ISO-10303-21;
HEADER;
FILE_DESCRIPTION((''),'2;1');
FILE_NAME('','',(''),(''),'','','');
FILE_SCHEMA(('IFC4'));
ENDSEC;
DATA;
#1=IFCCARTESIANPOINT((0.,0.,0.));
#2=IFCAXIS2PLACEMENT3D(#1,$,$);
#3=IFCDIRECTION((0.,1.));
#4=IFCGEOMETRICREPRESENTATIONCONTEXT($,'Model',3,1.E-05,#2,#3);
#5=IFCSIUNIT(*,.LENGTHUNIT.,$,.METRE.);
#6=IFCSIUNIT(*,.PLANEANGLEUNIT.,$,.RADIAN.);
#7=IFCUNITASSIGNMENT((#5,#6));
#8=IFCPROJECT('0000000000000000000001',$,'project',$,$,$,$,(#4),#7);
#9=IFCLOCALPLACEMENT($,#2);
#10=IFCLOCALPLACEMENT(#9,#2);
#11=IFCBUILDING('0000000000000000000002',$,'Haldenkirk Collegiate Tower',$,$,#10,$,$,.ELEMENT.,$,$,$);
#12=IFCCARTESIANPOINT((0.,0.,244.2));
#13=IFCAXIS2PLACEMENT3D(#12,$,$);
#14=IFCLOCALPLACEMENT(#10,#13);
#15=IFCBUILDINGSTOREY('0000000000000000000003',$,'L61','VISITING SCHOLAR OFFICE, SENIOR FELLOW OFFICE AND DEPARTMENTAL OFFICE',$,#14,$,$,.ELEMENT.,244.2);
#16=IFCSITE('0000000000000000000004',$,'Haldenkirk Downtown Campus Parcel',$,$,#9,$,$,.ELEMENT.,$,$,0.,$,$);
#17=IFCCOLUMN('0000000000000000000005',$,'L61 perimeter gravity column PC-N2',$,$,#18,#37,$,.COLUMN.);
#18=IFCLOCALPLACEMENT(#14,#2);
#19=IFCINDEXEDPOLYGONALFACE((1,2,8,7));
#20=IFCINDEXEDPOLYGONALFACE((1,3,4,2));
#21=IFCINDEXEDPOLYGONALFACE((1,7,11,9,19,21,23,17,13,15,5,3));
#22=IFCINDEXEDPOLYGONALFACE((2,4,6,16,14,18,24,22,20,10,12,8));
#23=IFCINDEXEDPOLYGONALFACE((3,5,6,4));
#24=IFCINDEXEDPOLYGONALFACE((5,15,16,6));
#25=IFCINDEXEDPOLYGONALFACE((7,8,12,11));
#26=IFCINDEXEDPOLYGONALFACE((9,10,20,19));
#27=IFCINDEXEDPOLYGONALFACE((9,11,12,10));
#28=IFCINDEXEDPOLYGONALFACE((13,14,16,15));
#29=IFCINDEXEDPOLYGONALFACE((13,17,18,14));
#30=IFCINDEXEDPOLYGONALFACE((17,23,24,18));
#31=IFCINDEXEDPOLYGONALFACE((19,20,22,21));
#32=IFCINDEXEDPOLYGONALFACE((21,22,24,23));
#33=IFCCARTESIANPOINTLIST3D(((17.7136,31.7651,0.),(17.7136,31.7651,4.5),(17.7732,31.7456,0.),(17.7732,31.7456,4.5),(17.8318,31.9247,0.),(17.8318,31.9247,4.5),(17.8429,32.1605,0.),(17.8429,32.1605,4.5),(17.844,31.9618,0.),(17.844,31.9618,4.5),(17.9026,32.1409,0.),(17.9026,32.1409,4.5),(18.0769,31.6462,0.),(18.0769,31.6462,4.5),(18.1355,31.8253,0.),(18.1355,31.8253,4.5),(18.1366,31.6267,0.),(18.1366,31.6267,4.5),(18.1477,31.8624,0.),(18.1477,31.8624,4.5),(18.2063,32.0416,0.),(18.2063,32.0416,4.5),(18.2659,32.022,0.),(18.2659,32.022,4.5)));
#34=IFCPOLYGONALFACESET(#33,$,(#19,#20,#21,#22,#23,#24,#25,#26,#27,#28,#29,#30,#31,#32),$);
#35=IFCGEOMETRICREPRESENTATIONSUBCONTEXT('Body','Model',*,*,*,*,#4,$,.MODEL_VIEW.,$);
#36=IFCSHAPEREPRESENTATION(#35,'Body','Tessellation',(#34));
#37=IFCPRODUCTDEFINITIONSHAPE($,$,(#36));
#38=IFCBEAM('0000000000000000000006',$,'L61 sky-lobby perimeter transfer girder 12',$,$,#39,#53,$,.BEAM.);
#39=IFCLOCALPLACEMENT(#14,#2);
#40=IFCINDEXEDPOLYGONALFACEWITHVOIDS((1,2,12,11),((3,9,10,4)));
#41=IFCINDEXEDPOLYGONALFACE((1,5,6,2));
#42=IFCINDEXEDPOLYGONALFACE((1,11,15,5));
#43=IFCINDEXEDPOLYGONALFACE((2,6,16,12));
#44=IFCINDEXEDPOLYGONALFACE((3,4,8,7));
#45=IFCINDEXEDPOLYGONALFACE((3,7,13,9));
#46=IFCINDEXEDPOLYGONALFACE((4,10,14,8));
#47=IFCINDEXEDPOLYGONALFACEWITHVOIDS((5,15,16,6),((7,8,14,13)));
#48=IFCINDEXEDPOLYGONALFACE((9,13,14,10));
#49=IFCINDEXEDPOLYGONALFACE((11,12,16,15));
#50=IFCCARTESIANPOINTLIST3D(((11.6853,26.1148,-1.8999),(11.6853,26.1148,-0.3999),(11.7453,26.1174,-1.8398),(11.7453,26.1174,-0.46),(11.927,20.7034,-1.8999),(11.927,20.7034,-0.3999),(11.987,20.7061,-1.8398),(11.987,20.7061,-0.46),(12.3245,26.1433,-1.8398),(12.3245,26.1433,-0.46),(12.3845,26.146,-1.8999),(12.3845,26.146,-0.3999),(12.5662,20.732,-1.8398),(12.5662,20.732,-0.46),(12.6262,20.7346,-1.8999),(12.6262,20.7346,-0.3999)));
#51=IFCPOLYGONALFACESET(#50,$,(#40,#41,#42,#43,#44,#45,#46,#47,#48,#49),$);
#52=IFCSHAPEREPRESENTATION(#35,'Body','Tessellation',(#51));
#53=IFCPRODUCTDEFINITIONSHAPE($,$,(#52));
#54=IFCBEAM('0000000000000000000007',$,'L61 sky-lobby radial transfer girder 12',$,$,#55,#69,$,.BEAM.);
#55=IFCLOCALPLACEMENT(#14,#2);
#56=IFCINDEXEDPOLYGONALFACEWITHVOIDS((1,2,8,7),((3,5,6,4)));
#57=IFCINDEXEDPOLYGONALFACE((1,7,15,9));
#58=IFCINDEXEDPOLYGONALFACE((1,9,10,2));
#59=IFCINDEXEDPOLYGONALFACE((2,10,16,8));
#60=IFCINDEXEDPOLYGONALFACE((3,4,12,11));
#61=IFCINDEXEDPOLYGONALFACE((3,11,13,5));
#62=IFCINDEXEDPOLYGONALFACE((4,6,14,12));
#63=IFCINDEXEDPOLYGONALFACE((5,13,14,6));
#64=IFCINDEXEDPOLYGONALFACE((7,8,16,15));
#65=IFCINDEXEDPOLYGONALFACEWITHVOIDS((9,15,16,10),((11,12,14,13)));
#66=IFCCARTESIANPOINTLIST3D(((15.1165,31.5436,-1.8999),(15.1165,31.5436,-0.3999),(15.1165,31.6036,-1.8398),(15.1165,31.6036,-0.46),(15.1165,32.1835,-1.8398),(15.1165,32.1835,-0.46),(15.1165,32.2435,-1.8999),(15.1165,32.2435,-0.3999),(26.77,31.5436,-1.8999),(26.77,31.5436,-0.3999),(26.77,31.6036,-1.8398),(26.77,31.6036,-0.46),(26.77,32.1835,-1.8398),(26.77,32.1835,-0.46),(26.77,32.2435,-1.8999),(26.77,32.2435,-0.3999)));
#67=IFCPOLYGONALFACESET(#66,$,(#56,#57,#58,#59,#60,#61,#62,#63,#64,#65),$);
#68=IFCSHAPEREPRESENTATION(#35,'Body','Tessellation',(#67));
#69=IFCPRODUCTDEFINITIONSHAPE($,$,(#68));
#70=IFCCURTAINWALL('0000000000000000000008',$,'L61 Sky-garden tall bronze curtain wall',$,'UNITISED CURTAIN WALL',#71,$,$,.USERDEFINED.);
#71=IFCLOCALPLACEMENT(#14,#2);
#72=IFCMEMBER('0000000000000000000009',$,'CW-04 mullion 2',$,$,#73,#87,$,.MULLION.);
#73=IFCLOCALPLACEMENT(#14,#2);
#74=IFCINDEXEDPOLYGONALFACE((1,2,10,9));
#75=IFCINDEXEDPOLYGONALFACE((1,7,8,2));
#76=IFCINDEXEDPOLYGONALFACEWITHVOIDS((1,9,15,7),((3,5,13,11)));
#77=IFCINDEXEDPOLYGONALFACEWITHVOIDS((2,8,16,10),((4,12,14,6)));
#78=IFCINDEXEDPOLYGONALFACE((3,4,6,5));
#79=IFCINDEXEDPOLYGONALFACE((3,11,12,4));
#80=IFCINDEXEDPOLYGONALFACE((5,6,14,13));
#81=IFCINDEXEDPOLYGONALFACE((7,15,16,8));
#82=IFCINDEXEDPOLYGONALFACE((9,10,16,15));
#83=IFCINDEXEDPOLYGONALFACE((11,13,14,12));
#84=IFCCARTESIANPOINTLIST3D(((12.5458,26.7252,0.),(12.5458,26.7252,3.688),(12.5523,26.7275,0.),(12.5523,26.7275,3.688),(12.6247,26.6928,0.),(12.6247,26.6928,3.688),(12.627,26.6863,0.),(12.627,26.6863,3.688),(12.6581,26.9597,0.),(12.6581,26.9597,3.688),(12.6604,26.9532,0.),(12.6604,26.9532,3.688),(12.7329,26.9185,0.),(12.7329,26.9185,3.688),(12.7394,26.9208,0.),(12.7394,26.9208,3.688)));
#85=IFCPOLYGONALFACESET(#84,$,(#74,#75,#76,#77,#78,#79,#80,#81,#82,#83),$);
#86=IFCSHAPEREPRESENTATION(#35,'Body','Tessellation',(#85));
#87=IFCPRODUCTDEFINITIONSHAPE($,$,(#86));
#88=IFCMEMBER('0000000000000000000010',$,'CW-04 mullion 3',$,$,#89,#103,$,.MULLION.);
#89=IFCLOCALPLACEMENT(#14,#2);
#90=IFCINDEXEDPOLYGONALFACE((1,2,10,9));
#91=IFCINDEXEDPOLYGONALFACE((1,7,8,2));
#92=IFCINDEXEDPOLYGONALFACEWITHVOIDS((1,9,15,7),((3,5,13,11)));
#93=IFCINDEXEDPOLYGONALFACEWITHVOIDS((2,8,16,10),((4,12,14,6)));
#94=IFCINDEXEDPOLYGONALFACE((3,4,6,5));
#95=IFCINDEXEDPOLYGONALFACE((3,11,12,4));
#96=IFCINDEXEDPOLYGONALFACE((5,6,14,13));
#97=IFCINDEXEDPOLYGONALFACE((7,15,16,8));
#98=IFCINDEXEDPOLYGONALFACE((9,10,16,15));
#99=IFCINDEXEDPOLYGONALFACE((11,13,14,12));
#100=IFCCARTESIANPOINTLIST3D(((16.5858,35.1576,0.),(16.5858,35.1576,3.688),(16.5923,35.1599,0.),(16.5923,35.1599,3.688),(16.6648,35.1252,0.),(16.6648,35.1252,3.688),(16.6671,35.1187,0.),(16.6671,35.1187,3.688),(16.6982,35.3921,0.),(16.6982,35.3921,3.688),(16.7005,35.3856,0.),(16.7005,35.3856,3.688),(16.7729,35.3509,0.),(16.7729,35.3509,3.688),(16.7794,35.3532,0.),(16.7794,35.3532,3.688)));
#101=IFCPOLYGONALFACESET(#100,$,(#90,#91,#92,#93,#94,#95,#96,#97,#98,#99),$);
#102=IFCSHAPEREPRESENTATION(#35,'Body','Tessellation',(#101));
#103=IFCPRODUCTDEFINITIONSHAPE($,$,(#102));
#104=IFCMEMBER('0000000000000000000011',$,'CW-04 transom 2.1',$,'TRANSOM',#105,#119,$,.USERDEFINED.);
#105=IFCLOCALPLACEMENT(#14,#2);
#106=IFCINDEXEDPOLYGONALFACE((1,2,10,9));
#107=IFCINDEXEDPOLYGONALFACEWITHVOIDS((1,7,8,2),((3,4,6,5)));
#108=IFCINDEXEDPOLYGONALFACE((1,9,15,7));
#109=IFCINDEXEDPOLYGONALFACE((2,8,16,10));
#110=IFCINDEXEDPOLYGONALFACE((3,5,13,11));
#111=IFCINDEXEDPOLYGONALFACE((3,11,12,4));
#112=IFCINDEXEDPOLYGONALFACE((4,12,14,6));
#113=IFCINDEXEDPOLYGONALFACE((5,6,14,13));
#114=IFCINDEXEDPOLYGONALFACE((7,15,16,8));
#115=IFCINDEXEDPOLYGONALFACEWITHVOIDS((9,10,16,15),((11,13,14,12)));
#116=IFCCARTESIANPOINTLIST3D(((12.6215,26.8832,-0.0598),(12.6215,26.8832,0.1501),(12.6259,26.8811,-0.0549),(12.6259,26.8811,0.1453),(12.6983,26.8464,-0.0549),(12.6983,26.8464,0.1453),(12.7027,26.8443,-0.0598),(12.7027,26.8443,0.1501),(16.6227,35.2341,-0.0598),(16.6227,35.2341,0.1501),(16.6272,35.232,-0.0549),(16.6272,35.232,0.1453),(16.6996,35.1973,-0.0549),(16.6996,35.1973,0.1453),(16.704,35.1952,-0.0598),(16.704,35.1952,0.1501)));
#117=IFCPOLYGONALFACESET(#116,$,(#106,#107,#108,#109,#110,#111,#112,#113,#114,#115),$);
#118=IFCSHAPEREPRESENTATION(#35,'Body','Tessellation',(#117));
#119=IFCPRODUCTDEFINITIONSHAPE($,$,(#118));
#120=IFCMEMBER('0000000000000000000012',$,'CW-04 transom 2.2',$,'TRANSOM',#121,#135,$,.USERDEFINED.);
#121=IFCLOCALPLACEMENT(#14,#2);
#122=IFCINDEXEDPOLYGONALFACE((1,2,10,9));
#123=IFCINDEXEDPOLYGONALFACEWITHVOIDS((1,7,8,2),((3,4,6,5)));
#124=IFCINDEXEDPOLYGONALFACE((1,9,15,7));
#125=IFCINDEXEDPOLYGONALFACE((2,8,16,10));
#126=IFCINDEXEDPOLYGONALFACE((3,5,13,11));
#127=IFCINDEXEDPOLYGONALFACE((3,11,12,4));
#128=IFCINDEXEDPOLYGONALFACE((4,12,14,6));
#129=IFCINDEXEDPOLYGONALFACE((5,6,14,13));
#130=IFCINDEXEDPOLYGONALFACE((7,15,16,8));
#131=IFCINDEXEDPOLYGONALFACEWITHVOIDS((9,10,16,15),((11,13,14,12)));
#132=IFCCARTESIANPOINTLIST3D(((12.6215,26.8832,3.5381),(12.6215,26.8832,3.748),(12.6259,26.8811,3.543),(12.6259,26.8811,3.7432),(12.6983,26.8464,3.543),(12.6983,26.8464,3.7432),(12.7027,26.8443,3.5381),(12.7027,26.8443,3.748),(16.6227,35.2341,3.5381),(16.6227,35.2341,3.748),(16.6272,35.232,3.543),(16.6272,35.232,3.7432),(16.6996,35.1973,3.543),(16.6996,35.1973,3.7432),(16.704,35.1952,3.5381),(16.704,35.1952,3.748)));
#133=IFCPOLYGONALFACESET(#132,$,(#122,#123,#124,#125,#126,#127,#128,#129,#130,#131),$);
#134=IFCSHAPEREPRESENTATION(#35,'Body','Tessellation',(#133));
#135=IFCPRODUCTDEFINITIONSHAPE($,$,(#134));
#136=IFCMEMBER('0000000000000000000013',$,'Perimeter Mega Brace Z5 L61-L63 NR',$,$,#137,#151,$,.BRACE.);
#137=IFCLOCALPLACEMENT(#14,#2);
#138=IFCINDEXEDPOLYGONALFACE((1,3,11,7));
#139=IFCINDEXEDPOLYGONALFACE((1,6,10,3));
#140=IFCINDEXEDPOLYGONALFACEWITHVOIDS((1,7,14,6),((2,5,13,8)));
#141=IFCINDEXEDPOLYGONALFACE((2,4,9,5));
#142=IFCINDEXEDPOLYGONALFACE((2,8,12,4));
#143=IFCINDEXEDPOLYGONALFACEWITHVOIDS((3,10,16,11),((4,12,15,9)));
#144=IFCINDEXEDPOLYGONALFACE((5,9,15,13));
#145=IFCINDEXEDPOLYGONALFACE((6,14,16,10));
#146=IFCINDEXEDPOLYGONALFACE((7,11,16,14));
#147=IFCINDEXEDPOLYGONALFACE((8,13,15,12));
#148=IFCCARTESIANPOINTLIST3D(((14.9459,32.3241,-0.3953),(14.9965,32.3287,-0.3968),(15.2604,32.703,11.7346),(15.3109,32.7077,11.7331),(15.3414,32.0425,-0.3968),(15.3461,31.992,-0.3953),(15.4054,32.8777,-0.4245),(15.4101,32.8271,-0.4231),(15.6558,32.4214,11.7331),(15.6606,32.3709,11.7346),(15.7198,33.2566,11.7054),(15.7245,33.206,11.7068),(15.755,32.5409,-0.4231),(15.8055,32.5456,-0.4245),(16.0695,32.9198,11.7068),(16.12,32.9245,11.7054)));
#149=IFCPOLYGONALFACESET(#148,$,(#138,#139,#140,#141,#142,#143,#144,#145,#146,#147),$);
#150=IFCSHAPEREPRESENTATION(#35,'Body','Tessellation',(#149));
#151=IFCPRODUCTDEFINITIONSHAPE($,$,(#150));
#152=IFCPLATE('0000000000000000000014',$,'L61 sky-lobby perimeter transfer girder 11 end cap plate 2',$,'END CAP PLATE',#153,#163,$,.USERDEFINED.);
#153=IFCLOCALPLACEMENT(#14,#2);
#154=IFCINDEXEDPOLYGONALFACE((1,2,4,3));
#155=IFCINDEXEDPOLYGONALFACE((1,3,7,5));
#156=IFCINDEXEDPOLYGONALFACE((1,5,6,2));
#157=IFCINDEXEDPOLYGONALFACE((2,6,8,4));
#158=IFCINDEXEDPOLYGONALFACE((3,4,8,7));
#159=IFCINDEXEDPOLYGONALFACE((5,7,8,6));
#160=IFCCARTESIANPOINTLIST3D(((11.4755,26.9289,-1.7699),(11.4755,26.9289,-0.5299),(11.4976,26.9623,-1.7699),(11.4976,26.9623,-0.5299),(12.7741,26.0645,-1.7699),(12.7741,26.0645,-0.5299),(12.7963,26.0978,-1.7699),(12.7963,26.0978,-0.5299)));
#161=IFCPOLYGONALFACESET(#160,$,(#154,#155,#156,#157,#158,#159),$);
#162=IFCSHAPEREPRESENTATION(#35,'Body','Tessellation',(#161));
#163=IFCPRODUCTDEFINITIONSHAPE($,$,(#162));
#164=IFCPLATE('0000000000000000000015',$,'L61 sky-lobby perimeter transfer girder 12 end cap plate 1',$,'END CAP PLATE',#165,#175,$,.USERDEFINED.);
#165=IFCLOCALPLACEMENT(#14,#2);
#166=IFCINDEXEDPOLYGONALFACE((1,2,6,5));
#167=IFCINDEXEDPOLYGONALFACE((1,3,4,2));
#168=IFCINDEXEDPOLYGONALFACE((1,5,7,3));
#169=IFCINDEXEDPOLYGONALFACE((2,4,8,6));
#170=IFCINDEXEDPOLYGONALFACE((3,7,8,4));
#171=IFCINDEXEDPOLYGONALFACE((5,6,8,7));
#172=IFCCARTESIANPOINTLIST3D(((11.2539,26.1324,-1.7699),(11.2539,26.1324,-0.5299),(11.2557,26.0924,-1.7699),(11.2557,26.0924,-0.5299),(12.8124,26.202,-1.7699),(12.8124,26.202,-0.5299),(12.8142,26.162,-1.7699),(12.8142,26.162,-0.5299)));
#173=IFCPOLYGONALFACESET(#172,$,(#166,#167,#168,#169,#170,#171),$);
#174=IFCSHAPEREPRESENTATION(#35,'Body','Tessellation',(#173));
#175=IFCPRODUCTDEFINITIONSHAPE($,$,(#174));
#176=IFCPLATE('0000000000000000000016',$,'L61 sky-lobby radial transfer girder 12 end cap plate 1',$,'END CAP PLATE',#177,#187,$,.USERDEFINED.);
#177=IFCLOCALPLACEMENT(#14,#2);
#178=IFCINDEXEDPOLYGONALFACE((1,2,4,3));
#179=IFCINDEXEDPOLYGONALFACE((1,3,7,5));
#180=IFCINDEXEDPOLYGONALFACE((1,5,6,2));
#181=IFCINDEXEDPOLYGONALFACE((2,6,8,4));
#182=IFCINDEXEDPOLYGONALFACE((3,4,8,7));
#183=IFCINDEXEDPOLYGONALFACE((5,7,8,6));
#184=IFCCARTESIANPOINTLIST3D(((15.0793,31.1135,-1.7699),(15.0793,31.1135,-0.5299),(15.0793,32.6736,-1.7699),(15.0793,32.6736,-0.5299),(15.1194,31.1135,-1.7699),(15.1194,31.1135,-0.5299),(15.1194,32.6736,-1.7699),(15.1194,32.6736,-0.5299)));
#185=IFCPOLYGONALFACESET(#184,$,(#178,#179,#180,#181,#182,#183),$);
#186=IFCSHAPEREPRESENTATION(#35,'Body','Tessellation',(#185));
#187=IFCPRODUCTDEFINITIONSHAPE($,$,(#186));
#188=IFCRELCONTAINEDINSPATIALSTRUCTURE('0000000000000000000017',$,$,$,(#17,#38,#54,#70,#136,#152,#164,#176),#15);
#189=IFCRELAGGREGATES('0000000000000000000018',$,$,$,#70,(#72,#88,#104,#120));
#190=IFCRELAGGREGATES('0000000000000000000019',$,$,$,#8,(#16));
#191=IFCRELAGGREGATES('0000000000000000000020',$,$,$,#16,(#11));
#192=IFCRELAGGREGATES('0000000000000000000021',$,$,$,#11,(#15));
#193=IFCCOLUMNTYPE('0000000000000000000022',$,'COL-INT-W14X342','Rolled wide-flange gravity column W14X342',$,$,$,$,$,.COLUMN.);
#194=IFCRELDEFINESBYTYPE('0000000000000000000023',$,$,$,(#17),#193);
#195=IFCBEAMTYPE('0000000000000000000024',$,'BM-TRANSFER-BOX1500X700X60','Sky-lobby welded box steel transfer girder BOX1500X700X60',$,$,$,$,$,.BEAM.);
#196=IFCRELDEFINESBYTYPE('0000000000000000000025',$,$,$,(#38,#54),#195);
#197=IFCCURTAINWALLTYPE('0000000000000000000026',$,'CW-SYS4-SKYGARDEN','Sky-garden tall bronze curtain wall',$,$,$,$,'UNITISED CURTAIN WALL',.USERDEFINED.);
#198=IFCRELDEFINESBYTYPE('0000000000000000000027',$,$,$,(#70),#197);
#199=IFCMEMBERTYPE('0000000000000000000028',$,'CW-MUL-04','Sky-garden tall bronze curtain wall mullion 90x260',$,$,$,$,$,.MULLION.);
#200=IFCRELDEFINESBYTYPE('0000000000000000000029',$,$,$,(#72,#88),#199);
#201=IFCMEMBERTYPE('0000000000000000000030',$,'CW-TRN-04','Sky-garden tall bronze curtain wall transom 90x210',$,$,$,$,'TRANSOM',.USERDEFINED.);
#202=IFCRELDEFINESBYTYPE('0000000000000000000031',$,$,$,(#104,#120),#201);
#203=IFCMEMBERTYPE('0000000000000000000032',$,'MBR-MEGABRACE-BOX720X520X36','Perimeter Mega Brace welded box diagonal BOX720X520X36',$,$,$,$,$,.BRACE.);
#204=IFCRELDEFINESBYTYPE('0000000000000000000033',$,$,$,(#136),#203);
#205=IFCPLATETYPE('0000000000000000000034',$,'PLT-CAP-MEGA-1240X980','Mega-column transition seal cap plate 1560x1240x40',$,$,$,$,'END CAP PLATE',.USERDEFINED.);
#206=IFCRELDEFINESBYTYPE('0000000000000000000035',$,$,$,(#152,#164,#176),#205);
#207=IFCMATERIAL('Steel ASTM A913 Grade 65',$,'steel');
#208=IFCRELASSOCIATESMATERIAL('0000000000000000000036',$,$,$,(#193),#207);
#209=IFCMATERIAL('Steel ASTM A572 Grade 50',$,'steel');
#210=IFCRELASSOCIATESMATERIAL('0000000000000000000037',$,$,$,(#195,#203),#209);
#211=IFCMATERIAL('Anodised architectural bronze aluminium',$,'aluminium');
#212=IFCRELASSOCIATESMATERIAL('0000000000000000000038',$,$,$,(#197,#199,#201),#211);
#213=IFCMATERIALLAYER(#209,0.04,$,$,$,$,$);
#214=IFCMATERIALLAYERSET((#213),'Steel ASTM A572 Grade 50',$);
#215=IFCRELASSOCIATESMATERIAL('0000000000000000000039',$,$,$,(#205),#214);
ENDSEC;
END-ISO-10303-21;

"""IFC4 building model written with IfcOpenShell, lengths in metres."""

from ifc_helpers import new_model, si_unit, direction, frame, origin, origin_2d, place, context, subcontext, project, spatial, rectangle, hollow_rectangle, i_section, extrude, source, transform, mapped, material, layer, layer_set, material_profile, profile_set, type_object, element, aggregate, save


model = new_model("IFC4")

# Units and contexts
model_context = context("Model", 3, precision=1e-05, world=origin(), true_north=direction((0.0, 1.0)))
body_context = subcontext(model_context, "Body", "Model", "MODEL_VIEW")
ifc_project = project(units=[si_unit("LENGTHUNIT", "METRE"), si_unit("PLANEANGLEUNIT", "RADIAN")], contexts=[model_context])

# Site, building, storey
site_placement = place(None, origin())
site = spatial("IfcSite", under=ifc_project, at=site_placement, Name="Haldenkirk Downtown Campus Parcel", CompositionType="ELEMENT", RefElevation=0.0)
building_placement = place(site_placement, origin())
building = spatial("IfcBuilding", under=site, at=building_placement, Name="Haldenkirk Collegiate Tower", CompositionType="ELEMENT")
storey_placement = place(building_placement, frame((0.0, 0.0, 244.2)))
storey = spatial("IfcBuildingStorey", under=building, at=storey_placement, Name="L61", Description="VISITING SCHOLAR OFFICE, SENIOR FELLOW OFFICE AND DEPARTMENTAL OFFICE", CompositionType="ELEMENT", Elevation=244.2)

# Column
ifc_material_1 = material(Name="Steel ASTM A913 Grade 65", Category="steel")
ifc_material_profile_1 = material_profile(ifc_material_1, i_section(OverallWidth=0.416, OverallDepth=0.4451, WebThickness=0.0391, FlangeThickness=0.0627, at=origin_2d()), Name="W14X342")
ifc_profile_set_1 = profile_set([ifc_material_profile_1], Name="Steel ASTM A913 Grade 65")
column_type = type_object("IfcColumnType", Name="COL-INT-W14X342", Description="Rolled wide-flange gravity column W14X342", PredefinedType="COLUMN", material=ifc_profile_set_1)
column_placement = place(storey_placement, frame((17.9897, 31.8936, 0.0), z_axis=(0.0, 0.0, 1.0), x_axis=(0.311008, 0.950407, 0.0)))
element("IfcColumn", 1, at=column_placement, inside=storey, type_object=column_type, Name="L61 perimeter gravity column PC-N2", PredefinedType="COLUMN", context=body_context, shape_type="SweptSolid", body=[
    extrude(i_section(OverallWidth=0.416, OverallDepth=0.4451, WebThickness=0.0391, FlangeThickness=0.0627, at=origin_2d()), origin(), (0.0, 0.0, 1.0), 4.5),
])

# Beams
ifc_material_2 = material(Name="Steel ASTM A572 Grade 50", Category="steel")
ifc_material_profile_2 = material_profile(ifc_material_2, hollow_rectangle(XDim=0.7, YDim=1.5, WallThickness=0.0601, at=origin_2d()), Name="BOX1500X700X60")
ifc_profile_set_2 = profile_set([ifc_material_profile_2], Name="Steel ASTM A572 Grade 50")
beam_type = type_object("IfcBeamType", Name="BM-TRANSFER-BOX1500X700X60", Description="Sky-lobby welded box steel transfer girder BOX1500X700X60", PredefinedType="BEAM", material=ifc_profile_set_2)
beam_1_placement = place(storey_placement, frame((12.0349, 26.1304, -1.1499), z_axis=(0.044621, -0.999004, 0.0), x_axis=(0.999004, 0.044621, 0.0)))
element("IfcBeam", 2, at=beam_1_placement, inside=storey, type_object=beam_type, Name="L61 sky-lobby perimeter transfer girder 12", PredefinedType="BEAM", context=body_context, shape_type="SweptSolid", body=[
    extrude(hollow_rectangle(XDim=0.7, YDim=1.5, WallThickness=0.0601, at=origin_2d()), origin(), (0.0, 0.0, 1.0), 5.4167),
])
beam_2_placement = place(storey_placement, frame((15.1165, 31.8936, -1.1499), z_axis=(1.0, 0.0, 0.0), x_axis=(0.0, 1.0, 0.0)))
element("IfcBeam", 3, at=beam_2_placement, inside=storey, type_object=beam_type, Name="L61 sky-lobby radial transfer girder 12", PredefinedType="BEAM", context=body_context, shape_type="SweptSolid", body=[
    extrude(hollow_rectangle(XDim=0.7, YDim=1.5, WallThickness=0.0601, at=origin_2d()), origin(), (0.0, 0.0, 1.0), 11.6536),
])

# Curtain wall, members
ifc_material_3 = material(Name="Anodised architectural bronze aluminium", Category="aluminium")
curtain_wall_type = type_object("IfcCurtainWallType", Name="CW-SYS4-SKYGARDEN", Description="Sky-garden tall bronze curtain wall", ElementType="UNITISED CURTAIN WALL", PredefinedType="USERDEFINED", material=ifc_material_3)
curtain_wall_placement = place(storey_placement, origin())
curtain_wall = element("IfcCurtainWall", 4, at=curtain_wall_placement, inside=storey, type_object=curtain_wall_type, Name="L61 Sky-garden tall bronze curtain wall", ObjectType="UNITISED CURTAIN WALL", PredefinedType="USERDEFINED")
ifc_material_profile_3 = material_profile(ifc_material_3, hollow_rectangle(XDim=0.0901, YDim=0.26, WallThickness=0.0049, at=origin_2d()), Name="CW-MUL-04")
ifc_profile_set_3 = profile_set([ifc_material_profile_3], Name="Anodised architectural bronze aluminium")
member_type_1 = type_object("IfcMemberType", Name="CW-MUL-04", Description="Sky-garden tall bronze curtain wall mullion 90x260", PredefinedType="MULLION", material=ifc_profile_set_3)
member_1_placement = place(storey_placement, frame((12.6426, 26.823, 0.0), z_axis=(0.0, 0.0, 1.0), x_axis=(-0.901833, 0.432084, 0.0)))
member_1 = element("IfcMember", 5, at=member_1_placement, type_object=member_type_1, Name="CW-04 mullion 2", PredefinedType="MULLION", context=body_context, shape_type="SweptSolid", body=[
    extrude(hollow_rectangle(XDim=0.0901, YDim=0.26, WallThickness=0.0049, at=origin_2d()), origin(), (0.0, 0.0, 1.0), 3.688),
])
member_2_placement = place(storey_placement, frame((16.6826, 35.2554, 0.0), z_axis=(0.0, 0.0, 1.0), x_axis=(-0.901833, 0.432084, 0.0)))
member_2 = element("IfcMember", 6, at=member_2_placement, type_object=member_type_1, Name="CW-04 mullion 3", PredefinedType="MULLION", context=body_context, shape_type="SweptSolid", body=[
    extrude(hollow_rectangle(XDim=0.0901, YDim=0.26, WallThickness=0.0049, at=origin_2d()), origin(), (0.0, 0.0, 1.0), 3.688),
])
ifc_material_profile_4 = material_profile(ifc_material_3, hollow_rectangle(XDim=0.0901, YDim=0.21, WallThickness=0.0049, at=origin_2d()), Name="CW-TRN-04")
ifc_profile_set_4 = profile_set([ifc_material_profile_4], Name="Anodised architectural bronze aluminium")
member_type_2 = type_object("IfcMemberType", Name="CW-TRN-04", Description="Sky-garden tall bronze curtain wall transom 90x210", ElementType="TRANSOM", PredefinedType="USERDEFINED", material=ifc_profile_set_4)
member_3_placement = place(storey_placement, frame((12.6621, 26.8638, 0.0452), z_axis=(0.432101, 0.901825, 0.0), x_axis=(-0.901825, 0.432101, 0.0)))
member_3 = element("IfcMember", 7, at=member_3_placement, type_object=member_type_2, Name="CW-04 transom 2.1", ObjectType="TRANSOM", PredefinedType="USERDEFINED", context=body_context, shape_type="SweptSolid", body=[
    extrude(hollow_rectangle(XDim=0.0901, YDim=0.21, WallThickness=0.0049, at=origin_2d()), origin(), (0.0, 0.0, 1.0), 9.26),
])
member_4_placement = place(storey_placement, frame((12.6621, 26.8638, 3.6431), z_axis=(0.432101, 0.901825, 0.0), x_axis=(-0.901825, 0.432101, 0.0)))
member_4 = element("IfcMember", 8, at=member_4_placement, type_object=member_type_2, Name="CW-04 transom 2.2", ObjectType="TRANSOM", PredefinedType="USERDEFINED", context=body_context, shape_type="SweptSolid", body=[
    extrude(hollow_rectangle(XDim=0.0901, YDim=0.21, WallThickness=0.0049, at=origin_2d()), origin(), (0.0, 0.0, 1.0), 9.26),
])

# Member
ifc_material_profile_5 = material_profile(ifc_material_2, hollow_rectangle(XDim=0.52, YDim=0.72, WallThickness=0.0359, at=origin_2d()), Name="BOX720X520X36")
ifc_profile_set_5 = profile_set([ifc_material_profile_5], Name="Steel ASTM A572 Grade 50")
member_type_3 = type_object("IfcMemberType", Name="MBR-MEGABRACE-BOX720X520X36", Description="Perimeter Mega Brace welded box diagonal BOX720X520X36", PredefinedType="BRACE", material=ifc_profile_set_5)
member_5_placement = place(storey_placement, frame((15.3757, 32.4348, -0.4099), z_axis=(0.025903, 0.031212, 0.999177), x_axis=(-0.76952, 0.638622, 0.0)))
element("IfcMember", 9, at=member_5_placement, inside=storey, type_object=member_type_3, Name="Perimeter Mega Brace Z5 L61-L63 NR", PredefinedType="BRACE", context=body_context, shape_type="SweptSolid", body=[
    extrude(hollow_rectangle(XDim=0.52, YDim=0.72, WallThickness=0.0359, at=origin_2d()), origin(), (0.0, 0.0, 1.0), 12.1399),
])

# Plates
ifc_layer_1 = layer(ifc_material_2, 0.04)
ifc_layer_set_1 = layer_set([ifc_layer_1], Name="Steel ASTM A572 Grade 50")
plate_type_1 = type_object("IfcPlateType", Name="PLT-CAP-MEGA-1240X980", Description="Mega-column transition seal cap plate 1560x1240x40", ElementType="END CAP PLATE", PredefinedType="USERDEFINED", material=ifc_layer_set_1)
shared_shape_1 = source(origin(), body_context, "Body", "SweptSolid", [
    extrude(rectangle(XDim=1.5601, YDim=1.24, at=origin_2d()), origin(), (0.0, 0.0, 1.0), 0.04),
])
for number, where, z_axis, x_axis, name in (
    (10, (12.147, 26.53, -1.1499), (-0.554118, -0.832438, 0.0), (0.832438, -0.554118, 0.0), "L61 sky-lobby perimeter transfer girder 11 end cap plate 2"),
    (11, (12.0349, 26.1272, -1.1499), (-0.044622, 0.999004, 0.0), (-0.999004, -0.044622, 0.0), "L61 sky-lobby perimeter transfer girder 12 end cap plate 1"),
    (12, (15.1194, 31.8936, -1.1499), (-1.0, 0.0, 0.0), (0.0, -1.0, 0.0), "L61 sky-lobby radial transfer girder 12 end cap plate 1"),
):
    element("IfcPlate", number, at=place(storey_placement, frame(where, z_axis=z_axis, x_axis=x_axis)), inside=storey, type_object=plate_type_1, Name=name, ObjectType="END CAP PLATE", PredefinedType="USERDEFINED", context=body_context, shape_type="MappedRepresentation", body=[
        mapped(shared_shape_1, transform((0.0, 0.0, 0.0), x_axis=(1.0, 0.0, 0.0), y_axis=(0.0, 1.0, 0.0), z_axis=(0.0, 0.0, 1.0), scale=1.0)),
    ])

aggregate(curtain_wall, [member_1, member_2, member_3, member_4])

save(model, "model.ifc")
